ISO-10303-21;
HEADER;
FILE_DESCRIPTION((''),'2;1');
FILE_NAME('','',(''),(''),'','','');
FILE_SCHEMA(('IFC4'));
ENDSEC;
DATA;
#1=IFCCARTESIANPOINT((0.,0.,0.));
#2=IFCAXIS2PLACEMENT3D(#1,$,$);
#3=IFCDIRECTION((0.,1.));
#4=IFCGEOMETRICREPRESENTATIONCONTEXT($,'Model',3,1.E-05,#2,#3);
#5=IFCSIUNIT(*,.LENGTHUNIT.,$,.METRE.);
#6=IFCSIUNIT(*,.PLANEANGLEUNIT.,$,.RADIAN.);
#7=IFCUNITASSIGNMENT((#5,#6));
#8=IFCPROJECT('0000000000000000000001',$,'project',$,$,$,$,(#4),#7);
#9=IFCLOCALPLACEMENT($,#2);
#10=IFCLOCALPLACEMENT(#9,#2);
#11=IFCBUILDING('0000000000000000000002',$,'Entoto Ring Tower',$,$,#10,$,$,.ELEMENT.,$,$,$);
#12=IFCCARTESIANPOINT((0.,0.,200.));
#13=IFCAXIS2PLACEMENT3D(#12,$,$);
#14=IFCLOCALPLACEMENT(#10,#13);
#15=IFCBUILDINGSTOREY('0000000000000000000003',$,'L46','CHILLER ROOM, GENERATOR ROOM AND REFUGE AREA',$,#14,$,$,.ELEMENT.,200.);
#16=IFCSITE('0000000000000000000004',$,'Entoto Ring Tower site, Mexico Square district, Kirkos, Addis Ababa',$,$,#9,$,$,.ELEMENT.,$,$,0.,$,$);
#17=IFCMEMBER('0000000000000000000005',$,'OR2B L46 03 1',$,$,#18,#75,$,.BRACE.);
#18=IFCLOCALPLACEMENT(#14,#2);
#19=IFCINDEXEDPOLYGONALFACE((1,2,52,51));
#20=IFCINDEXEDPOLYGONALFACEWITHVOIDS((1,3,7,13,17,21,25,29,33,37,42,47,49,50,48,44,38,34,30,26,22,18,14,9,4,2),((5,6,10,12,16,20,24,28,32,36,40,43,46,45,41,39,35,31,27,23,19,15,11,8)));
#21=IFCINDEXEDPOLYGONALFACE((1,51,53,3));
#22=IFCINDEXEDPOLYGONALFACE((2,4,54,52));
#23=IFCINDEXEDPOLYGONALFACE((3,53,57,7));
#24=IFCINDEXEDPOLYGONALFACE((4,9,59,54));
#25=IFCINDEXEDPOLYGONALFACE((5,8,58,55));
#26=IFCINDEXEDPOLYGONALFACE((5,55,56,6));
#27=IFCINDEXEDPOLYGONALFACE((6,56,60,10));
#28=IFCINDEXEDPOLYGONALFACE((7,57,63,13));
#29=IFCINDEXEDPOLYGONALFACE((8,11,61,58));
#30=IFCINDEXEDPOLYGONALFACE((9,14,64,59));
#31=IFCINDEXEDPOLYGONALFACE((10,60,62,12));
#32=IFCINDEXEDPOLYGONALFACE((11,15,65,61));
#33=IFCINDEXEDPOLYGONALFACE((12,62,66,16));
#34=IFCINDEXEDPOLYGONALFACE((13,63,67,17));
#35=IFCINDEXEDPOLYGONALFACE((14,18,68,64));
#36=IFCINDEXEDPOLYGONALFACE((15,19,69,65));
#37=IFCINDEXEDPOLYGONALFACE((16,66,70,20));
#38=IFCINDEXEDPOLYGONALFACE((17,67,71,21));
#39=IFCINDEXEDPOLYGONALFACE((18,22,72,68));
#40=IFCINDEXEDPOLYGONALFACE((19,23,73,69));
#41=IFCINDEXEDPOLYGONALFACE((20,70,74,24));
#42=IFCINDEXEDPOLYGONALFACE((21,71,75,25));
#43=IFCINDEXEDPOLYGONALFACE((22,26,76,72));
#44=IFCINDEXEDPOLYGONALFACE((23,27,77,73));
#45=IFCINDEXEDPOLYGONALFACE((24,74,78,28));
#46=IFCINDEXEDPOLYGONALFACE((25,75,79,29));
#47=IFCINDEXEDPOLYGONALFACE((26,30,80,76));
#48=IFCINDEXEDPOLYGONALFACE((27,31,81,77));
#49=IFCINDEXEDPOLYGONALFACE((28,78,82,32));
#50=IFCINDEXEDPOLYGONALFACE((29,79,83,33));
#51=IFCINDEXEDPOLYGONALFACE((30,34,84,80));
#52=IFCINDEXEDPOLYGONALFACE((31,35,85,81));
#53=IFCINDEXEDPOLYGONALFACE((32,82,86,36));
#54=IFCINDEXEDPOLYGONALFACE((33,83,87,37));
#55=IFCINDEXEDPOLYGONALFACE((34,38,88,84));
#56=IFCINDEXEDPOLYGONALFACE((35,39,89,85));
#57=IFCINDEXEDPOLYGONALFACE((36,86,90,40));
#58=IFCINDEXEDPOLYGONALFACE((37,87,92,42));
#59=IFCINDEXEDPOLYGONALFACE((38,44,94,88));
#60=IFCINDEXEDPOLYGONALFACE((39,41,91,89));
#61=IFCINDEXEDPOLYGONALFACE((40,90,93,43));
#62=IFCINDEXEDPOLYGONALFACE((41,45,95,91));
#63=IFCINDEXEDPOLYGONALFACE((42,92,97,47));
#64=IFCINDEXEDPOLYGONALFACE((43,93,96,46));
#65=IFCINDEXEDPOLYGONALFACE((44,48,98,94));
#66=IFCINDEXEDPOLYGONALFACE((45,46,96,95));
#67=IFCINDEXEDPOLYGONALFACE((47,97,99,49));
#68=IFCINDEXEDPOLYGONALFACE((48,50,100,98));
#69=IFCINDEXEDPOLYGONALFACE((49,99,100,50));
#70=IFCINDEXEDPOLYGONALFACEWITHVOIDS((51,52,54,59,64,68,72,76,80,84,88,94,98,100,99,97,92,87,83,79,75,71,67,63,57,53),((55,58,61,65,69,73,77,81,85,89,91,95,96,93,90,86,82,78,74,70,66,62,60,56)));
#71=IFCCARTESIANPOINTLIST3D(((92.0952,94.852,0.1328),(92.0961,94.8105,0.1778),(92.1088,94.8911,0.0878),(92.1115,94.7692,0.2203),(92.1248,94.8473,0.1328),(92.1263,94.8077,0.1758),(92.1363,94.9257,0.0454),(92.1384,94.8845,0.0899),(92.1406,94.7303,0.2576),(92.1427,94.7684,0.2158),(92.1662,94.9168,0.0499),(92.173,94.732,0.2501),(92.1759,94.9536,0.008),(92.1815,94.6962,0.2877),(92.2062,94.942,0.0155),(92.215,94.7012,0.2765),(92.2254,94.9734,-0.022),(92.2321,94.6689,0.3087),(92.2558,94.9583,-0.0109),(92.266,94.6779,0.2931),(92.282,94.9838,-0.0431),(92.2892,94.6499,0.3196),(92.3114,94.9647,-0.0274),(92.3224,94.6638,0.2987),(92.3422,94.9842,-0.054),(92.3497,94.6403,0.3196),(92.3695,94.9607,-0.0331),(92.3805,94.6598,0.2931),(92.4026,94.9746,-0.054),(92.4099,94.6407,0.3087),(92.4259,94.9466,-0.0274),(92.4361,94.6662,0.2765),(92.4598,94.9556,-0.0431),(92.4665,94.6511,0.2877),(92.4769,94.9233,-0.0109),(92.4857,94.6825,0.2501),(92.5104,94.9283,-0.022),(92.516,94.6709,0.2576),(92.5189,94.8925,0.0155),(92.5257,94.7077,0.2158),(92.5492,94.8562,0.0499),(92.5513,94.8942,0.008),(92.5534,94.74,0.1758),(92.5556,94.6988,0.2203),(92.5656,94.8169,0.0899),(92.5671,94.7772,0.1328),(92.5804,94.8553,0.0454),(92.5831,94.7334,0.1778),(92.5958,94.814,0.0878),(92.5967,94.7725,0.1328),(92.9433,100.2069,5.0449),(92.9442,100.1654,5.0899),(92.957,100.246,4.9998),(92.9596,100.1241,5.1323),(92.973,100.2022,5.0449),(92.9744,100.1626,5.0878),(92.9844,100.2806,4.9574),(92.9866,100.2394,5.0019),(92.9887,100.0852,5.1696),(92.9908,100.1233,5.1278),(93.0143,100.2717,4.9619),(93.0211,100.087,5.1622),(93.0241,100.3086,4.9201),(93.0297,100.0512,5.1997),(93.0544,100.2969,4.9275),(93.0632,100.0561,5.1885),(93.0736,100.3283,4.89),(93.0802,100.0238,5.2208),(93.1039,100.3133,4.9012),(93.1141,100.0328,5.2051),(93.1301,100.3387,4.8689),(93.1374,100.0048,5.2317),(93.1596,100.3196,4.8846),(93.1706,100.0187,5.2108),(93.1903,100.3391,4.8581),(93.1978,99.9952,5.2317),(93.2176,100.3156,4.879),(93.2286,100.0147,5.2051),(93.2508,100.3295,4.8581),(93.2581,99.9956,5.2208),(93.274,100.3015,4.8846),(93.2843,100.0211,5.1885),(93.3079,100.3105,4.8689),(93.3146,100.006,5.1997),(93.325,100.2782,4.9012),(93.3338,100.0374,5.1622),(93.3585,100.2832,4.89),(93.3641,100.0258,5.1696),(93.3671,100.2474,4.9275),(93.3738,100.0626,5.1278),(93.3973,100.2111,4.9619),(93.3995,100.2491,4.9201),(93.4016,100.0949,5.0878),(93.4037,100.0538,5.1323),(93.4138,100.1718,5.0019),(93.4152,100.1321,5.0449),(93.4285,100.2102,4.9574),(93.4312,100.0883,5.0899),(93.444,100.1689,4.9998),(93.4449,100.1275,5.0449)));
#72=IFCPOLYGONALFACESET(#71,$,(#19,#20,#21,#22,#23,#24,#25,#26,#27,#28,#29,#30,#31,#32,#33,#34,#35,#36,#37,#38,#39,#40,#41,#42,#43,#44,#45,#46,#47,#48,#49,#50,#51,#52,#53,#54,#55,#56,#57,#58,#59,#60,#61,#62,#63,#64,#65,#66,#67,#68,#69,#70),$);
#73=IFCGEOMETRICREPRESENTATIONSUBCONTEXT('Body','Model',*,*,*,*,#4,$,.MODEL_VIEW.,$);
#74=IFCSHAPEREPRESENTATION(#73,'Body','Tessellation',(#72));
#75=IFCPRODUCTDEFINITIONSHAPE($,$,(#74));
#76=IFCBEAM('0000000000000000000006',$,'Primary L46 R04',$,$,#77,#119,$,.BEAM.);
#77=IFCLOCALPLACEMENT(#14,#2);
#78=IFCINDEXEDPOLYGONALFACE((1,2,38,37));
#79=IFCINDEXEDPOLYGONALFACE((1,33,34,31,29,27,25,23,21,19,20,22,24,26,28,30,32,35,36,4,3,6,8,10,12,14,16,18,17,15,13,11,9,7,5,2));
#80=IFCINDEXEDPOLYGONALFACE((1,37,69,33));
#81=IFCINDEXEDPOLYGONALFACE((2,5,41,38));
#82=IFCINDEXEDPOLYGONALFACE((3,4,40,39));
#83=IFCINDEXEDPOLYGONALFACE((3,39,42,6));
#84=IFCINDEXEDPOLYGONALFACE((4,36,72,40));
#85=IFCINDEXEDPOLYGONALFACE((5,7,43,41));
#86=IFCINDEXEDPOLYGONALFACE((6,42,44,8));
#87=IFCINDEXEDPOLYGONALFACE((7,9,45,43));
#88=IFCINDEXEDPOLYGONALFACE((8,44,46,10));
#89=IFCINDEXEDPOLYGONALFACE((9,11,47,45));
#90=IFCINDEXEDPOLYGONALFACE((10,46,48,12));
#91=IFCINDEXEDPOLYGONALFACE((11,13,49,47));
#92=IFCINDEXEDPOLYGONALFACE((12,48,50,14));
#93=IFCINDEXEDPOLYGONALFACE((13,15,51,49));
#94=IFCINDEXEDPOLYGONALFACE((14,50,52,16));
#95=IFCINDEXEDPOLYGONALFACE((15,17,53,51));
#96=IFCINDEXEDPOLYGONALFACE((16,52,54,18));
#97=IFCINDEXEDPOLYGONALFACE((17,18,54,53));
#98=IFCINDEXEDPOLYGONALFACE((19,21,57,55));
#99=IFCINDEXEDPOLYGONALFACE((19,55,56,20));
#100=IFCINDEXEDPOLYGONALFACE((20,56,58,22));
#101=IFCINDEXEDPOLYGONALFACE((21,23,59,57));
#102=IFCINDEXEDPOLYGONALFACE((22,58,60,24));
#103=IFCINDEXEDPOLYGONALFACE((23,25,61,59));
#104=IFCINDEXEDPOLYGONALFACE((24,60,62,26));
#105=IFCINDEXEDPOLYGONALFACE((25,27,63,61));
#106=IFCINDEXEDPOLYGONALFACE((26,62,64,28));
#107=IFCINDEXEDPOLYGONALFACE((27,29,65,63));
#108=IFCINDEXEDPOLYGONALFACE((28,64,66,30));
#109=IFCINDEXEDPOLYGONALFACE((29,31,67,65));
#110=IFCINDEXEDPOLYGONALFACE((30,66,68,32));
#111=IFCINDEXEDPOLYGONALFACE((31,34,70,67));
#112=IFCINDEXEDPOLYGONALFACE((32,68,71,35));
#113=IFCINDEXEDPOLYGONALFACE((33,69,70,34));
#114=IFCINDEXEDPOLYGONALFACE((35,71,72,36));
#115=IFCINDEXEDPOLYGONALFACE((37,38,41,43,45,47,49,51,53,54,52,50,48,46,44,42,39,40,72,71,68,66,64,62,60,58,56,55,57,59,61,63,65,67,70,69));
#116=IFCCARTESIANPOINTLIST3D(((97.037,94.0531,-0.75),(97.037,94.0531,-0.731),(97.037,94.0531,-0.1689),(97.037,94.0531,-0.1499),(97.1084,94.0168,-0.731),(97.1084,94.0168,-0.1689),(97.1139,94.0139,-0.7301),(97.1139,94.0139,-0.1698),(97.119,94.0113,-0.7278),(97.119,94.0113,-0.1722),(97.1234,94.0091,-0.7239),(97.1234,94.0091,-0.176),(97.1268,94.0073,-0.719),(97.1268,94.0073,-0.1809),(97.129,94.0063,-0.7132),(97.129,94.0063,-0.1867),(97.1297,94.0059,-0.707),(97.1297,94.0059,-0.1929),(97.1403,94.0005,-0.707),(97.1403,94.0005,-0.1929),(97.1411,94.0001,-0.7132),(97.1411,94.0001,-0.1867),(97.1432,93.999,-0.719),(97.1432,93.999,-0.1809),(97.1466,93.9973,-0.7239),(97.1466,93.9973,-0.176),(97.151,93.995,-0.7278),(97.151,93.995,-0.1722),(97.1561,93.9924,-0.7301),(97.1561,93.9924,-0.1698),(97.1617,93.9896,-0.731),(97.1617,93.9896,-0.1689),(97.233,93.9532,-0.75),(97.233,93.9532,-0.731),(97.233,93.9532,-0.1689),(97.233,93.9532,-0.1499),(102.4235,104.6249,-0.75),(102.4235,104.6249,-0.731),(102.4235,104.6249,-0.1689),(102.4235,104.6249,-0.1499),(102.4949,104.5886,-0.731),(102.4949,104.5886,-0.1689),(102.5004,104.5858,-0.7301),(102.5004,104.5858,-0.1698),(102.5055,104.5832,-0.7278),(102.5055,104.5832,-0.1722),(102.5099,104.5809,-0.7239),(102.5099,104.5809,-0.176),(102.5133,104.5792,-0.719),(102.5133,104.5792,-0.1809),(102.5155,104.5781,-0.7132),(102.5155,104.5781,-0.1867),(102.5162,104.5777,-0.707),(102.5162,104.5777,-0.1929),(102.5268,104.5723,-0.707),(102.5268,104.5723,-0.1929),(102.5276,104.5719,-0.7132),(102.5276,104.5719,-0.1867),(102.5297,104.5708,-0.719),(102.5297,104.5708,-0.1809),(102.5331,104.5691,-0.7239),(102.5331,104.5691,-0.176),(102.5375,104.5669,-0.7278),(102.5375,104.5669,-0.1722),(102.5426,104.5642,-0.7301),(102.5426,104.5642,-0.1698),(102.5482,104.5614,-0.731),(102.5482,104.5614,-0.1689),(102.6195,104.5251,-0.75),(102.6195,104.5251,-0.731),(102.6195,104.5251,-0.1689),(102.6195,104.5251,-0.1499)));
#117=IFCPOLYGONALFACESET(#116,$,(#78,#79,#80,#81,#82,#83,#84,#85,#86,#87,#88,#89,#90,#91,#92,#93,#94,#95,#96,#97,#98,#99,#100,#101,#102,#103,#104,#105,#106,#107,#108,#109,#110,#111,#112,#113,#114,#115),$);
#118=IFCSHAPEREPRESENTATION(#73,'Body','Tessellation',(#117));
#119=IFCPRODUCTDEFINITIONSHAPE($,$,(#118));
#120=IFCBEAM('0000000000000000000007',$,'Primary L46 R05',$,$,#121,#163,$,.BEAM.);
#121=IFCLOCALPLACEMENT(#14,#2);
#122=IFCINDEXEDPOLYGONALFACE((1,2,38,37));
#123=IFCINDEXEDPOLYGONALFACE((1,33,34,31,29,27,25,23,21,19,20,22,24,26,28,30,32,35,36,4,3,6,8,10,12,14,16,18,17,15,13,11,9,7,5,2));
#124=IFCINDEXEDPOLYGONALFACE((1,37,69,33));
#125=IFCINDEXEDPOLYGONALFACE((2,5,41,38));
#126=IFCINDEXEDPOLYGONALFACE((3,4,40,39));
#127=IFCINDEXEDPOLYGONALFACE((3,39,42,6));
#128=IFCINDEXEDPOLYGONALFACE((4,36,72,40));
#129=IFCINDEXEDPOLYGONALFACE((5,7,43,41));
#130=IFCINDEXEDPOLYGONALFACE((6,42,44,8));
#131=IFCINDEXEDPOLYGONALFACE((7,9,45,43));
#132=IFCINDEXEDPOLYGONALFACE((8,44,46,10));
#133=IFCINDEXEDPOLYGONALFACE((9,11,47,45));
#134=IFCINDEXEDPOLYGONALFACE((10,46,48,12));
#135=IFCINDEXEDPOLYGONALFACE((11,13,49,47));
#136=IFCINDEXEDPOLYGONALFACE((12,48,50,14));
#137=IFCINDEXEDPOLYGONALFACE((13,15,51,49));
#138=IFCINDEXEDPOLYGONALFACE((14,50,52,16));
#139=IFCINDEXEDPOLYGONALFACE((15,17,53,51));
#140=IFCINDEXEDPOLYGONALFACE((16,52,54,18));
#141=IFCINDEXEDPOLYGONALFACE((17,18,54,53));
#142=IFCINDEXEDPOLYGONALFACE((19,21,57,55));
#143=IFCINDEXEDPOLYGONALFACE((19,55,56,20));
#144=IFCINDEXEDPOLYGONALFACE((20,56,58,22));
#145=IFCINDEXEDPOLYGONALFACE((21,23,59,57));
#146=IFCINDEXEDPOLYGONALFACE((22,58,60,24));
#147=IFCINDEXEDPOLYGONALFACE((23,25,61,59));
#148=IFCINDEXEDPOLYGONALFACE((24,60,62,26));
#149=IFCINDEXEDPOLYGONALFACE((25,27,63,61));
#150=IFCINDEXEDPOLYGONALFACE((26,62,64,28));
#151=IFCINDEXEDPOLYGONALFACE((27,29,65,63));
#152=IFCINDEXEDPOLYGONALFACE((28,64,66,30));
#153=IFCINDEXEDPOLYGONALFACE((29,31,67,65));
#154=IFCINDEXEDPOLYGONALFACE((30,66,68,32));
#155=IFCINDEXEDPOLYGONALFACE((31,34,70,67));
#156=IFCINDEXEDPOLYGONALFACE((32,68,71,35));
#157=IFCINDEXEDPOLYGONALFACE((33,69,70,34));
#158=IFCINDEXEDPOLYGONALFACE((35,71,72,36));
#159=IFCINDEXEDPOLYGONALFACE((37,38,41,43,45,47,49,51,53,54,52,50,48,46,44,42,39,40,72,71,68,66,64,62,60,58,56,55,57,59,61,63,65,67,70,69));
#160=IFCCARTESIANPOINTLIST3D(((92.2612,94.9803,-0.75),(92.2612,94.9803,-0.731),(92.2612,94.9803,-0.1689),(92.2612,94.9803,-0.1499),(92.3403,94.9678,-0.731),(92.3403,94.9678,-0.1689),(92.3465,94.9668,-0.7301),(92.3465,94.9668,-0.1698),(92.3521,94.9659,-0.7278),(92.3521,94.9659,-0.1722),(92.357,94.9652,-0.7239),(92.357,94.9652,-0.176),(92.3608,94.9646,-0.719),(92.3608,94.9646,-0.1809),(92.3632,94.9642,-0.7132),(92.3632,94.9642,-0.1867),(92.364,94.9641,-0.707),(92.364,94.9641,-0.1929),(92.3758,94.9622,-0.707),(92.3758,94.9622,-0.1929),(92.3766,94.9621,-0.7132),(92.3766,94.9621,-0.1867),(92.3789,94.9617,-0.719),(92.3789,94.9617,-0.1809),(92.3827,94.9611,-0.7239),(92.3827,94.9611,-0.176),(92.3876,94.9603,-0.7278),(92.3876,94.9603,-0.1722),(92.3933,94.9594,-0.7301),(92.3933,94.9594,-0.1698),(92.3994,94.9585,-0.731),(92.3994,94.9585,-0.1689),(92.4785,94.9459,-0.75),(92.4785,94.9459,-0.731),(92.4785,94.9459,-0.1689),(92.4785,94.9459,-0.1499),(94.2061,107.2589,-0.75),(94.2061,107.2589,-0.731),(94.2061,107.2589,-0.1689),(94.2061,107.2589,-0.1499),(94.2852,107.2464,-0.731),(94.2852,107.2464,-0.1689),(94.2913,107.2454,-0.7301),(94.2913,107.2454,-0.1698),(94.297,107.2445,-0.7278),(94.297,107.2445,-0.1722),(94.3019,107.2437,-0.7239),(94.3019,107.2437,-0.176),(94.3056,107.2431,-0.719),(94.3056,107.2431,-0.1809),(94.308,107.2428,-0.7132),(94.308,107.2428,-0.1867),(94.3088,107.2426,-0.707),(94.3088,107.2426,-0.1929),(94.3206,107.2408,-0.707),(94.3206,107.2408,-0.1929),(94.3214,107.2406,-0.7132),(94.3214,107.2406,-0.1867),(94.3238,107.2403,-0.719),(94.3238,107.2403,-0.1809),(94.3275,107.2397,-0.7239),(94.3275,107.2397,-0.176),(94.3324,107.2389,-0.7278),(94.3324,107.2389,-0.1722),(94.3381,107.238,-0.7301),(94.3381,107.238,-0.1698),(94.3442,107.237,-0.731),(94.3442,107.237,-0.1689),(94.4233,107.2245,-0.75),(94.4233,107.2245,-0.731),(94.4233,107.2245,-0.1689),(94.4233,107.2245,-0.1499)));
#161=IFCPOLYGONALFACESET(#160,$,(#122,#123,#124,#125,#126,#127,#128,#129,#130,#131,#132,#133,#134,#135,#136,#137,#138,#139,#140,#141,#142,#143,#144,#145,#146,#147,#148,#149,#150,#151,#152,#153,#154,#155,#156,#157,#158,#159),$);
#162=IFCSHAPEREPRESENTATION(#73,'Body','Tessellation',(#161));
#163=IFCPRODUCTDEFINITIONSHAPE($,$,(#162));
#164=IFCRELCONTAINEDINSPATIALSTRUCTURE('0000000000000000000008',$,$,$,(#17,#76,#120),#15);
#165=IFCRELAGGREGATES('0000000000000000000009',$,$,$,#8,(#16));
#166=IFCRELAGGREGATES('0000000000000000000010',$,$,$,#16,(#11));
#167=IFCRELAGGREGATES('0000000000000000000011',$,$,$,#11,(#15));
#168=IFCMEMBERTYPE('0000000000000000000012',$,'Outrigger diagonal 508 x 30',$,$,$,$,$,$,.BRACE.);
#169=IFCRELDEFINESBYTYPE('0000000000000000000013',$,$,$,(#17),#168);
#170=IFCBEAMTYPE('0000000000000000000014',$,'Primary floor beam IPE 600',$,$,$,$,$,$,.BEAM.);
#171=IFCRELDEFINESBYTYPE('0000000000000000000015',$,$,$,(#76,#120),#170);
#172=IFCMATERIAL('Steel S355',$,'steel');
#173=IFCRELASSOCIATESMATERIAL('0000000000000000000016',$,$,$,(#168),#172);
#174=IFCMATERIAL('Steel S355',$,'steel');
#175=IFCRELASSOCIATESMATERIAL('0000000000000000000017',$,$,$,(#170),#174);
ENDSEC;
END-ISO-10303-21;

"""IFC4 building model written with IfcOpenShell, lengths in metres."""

from ifc_helpers import new_model, si_unit, direction, frame, origin, origin_2d, place, context, subcontext, project, spatial, circle, hollow_circle, i_section, extrude, material, material_profile, profile_set, type_object, element, save


model = new_model("IFC4")

# Units and contexts
model_context = context("Model", 3, precision=1e-05, world=origin(), true_north=direction((0.0, 1.0)))
body_context = subcontext(model_context, "Body", "Model", "MODEL_VIEW")
ifc_project = project(units=[si_unit("LENGTHUNIT", "METRE"), si_unit("PLANEANGLEUNIT", "RADIAN")], contexts=[model_context])

# Site, building, storey
site_placement = place(None, origin())
site = spatial("IfcSite", under=ifc_project, at=site_placement, Name="Entoto Ring Tower site, Mexico Square district, Kirkos, Addis Ababa", CompositionType="ELEMENT", RefElevation=0.0)
building_placement = place(site_placement, origin())
building = spatial("IfcBuilding", under=site, at=building_placement, Name="Entoto Ring Tower", CompositionType="ELEMENT")
storey_placement = place(building_placement, frame((0.0, 0.0, 200.0)))
storey = spatial("IfcBuildingStorey", under=building, at=storey_placement, Name="L46", Description="CHILLER ROOM, GENERATOR ROOM AND REFUGE AREA", CompositionType="ELEMENT", Elevation=200.0)

# Member
ifc_material_1 = material(Name="Steel S355", Category="steel")
ifc_material_profile_1 = material_profile(ifc_material_1, hollow_circle(Radius=0.2539, WallThickness=0.03, at=origin_2d()), Name="CHS 508 x 30")
ifc_material_2 = material(Name="Concrete C60/75", Category="concrete")
ifc_material_profile_2 = material_profile(ifc_material_2, circle(Radius=0.2241, at=origin_2d()), Name="Concrete C60/75 infill")
ifc_profile_set_1 = profile_set([ifc_material_profile_1, ifc_material_profile_2], Name="Steel S355")
member_type_1 = type_object("IfcMemberType", Name="Outrigger diagonal 508 x 30", PredefinedType="BRACE", material=ifc_profile_set_1)
member_1_placement = place(storey_placement, frame((92.3459, 94.8123, 0.1328), z_axis=(0.11593, 0.731954, 0.671419), x_axis=(-0.987688, 0.156434, 0.0)))
element("IfcMember", 1, at=member_1_placement, inside=storey, type_object=member_type_1, Name="OR2B L46 03 1", PredefinedType="BRACE", context=body_context, shape_type="SweptSolid", body=[
    extrude(hollow_circle(Radius=0.2539, WallThickness=0.03, at=origin_2d()), origin(), (0.0, 0.0, 1.0), 7.3159),
])

# Beams
ifc_material_3 = material(Name="Steel S355", Category="steel")
ifc_material_profile_3 = material_profile(ifc_material_3, i_section(OverallWidth=0.22, OverallDepth=0.6001, WebThickness=0.012, FlangeThickness=0.019, FilletRadius=0.0239, at=origin_2d()), Name="IPE 600")
ifc_profile_set_2 = profile_set([ifc_material_profile_3], Name="Steel S355")
beam_type_1 = type_object("IfcBeamType", Name="Primary floor beam IPE 600", PredefinedType="BEAM", material=ifc_profile_set_2)
beam_1_placement = place(storey_placement, frame((97.135, 94.0032, -0.45), z_axis=(0.453983, 0.89101, 0.0), x_axis=(-0.89101, 0.453983, 0.0)))
element("IfcBeam", 2, at=beam_1_placement, inside=storey, type_object=beam_type_1, Name="Primary L46 R04", PredefinedType="BEAM", context=body_context, shape_type="SweptSolid", body=[
    extrude(i_section(OverallWidth=0.22, OverallDepth=0.6001, WebThickness=0.012, FlangeThickness=0.019, FilletRadius=0.0239, at=origin_2d()), origin(), (0.0, 0.0, 1.0), 11.865),
])
beam_2_placement = place(storey_placement, frame((92.3699, 94.9631, -0.45), z_axis=(0.156442, 0.987687, 0.0), x_axis=(-0.987687, 0.156442, 0.0)))
element("IfcBeam", 3, at=beam_2_placement, inside=storey, type_object=beam_type_1, Name="Primary L46 R05", PredefinedType="BEAM", context=body_context, shape_type="SweptSolid", body=[
    extrude(i_section(OverallWidth=0.22, OverallDepth=0.6001, WebThickness=0.012, FlangeThickness=0.019, FilletRadius=0.0239, at=origin_2d()), origin(), (0.0, 0.0, 1.0), 12.4316),
])

save(model, "model.ifc")
